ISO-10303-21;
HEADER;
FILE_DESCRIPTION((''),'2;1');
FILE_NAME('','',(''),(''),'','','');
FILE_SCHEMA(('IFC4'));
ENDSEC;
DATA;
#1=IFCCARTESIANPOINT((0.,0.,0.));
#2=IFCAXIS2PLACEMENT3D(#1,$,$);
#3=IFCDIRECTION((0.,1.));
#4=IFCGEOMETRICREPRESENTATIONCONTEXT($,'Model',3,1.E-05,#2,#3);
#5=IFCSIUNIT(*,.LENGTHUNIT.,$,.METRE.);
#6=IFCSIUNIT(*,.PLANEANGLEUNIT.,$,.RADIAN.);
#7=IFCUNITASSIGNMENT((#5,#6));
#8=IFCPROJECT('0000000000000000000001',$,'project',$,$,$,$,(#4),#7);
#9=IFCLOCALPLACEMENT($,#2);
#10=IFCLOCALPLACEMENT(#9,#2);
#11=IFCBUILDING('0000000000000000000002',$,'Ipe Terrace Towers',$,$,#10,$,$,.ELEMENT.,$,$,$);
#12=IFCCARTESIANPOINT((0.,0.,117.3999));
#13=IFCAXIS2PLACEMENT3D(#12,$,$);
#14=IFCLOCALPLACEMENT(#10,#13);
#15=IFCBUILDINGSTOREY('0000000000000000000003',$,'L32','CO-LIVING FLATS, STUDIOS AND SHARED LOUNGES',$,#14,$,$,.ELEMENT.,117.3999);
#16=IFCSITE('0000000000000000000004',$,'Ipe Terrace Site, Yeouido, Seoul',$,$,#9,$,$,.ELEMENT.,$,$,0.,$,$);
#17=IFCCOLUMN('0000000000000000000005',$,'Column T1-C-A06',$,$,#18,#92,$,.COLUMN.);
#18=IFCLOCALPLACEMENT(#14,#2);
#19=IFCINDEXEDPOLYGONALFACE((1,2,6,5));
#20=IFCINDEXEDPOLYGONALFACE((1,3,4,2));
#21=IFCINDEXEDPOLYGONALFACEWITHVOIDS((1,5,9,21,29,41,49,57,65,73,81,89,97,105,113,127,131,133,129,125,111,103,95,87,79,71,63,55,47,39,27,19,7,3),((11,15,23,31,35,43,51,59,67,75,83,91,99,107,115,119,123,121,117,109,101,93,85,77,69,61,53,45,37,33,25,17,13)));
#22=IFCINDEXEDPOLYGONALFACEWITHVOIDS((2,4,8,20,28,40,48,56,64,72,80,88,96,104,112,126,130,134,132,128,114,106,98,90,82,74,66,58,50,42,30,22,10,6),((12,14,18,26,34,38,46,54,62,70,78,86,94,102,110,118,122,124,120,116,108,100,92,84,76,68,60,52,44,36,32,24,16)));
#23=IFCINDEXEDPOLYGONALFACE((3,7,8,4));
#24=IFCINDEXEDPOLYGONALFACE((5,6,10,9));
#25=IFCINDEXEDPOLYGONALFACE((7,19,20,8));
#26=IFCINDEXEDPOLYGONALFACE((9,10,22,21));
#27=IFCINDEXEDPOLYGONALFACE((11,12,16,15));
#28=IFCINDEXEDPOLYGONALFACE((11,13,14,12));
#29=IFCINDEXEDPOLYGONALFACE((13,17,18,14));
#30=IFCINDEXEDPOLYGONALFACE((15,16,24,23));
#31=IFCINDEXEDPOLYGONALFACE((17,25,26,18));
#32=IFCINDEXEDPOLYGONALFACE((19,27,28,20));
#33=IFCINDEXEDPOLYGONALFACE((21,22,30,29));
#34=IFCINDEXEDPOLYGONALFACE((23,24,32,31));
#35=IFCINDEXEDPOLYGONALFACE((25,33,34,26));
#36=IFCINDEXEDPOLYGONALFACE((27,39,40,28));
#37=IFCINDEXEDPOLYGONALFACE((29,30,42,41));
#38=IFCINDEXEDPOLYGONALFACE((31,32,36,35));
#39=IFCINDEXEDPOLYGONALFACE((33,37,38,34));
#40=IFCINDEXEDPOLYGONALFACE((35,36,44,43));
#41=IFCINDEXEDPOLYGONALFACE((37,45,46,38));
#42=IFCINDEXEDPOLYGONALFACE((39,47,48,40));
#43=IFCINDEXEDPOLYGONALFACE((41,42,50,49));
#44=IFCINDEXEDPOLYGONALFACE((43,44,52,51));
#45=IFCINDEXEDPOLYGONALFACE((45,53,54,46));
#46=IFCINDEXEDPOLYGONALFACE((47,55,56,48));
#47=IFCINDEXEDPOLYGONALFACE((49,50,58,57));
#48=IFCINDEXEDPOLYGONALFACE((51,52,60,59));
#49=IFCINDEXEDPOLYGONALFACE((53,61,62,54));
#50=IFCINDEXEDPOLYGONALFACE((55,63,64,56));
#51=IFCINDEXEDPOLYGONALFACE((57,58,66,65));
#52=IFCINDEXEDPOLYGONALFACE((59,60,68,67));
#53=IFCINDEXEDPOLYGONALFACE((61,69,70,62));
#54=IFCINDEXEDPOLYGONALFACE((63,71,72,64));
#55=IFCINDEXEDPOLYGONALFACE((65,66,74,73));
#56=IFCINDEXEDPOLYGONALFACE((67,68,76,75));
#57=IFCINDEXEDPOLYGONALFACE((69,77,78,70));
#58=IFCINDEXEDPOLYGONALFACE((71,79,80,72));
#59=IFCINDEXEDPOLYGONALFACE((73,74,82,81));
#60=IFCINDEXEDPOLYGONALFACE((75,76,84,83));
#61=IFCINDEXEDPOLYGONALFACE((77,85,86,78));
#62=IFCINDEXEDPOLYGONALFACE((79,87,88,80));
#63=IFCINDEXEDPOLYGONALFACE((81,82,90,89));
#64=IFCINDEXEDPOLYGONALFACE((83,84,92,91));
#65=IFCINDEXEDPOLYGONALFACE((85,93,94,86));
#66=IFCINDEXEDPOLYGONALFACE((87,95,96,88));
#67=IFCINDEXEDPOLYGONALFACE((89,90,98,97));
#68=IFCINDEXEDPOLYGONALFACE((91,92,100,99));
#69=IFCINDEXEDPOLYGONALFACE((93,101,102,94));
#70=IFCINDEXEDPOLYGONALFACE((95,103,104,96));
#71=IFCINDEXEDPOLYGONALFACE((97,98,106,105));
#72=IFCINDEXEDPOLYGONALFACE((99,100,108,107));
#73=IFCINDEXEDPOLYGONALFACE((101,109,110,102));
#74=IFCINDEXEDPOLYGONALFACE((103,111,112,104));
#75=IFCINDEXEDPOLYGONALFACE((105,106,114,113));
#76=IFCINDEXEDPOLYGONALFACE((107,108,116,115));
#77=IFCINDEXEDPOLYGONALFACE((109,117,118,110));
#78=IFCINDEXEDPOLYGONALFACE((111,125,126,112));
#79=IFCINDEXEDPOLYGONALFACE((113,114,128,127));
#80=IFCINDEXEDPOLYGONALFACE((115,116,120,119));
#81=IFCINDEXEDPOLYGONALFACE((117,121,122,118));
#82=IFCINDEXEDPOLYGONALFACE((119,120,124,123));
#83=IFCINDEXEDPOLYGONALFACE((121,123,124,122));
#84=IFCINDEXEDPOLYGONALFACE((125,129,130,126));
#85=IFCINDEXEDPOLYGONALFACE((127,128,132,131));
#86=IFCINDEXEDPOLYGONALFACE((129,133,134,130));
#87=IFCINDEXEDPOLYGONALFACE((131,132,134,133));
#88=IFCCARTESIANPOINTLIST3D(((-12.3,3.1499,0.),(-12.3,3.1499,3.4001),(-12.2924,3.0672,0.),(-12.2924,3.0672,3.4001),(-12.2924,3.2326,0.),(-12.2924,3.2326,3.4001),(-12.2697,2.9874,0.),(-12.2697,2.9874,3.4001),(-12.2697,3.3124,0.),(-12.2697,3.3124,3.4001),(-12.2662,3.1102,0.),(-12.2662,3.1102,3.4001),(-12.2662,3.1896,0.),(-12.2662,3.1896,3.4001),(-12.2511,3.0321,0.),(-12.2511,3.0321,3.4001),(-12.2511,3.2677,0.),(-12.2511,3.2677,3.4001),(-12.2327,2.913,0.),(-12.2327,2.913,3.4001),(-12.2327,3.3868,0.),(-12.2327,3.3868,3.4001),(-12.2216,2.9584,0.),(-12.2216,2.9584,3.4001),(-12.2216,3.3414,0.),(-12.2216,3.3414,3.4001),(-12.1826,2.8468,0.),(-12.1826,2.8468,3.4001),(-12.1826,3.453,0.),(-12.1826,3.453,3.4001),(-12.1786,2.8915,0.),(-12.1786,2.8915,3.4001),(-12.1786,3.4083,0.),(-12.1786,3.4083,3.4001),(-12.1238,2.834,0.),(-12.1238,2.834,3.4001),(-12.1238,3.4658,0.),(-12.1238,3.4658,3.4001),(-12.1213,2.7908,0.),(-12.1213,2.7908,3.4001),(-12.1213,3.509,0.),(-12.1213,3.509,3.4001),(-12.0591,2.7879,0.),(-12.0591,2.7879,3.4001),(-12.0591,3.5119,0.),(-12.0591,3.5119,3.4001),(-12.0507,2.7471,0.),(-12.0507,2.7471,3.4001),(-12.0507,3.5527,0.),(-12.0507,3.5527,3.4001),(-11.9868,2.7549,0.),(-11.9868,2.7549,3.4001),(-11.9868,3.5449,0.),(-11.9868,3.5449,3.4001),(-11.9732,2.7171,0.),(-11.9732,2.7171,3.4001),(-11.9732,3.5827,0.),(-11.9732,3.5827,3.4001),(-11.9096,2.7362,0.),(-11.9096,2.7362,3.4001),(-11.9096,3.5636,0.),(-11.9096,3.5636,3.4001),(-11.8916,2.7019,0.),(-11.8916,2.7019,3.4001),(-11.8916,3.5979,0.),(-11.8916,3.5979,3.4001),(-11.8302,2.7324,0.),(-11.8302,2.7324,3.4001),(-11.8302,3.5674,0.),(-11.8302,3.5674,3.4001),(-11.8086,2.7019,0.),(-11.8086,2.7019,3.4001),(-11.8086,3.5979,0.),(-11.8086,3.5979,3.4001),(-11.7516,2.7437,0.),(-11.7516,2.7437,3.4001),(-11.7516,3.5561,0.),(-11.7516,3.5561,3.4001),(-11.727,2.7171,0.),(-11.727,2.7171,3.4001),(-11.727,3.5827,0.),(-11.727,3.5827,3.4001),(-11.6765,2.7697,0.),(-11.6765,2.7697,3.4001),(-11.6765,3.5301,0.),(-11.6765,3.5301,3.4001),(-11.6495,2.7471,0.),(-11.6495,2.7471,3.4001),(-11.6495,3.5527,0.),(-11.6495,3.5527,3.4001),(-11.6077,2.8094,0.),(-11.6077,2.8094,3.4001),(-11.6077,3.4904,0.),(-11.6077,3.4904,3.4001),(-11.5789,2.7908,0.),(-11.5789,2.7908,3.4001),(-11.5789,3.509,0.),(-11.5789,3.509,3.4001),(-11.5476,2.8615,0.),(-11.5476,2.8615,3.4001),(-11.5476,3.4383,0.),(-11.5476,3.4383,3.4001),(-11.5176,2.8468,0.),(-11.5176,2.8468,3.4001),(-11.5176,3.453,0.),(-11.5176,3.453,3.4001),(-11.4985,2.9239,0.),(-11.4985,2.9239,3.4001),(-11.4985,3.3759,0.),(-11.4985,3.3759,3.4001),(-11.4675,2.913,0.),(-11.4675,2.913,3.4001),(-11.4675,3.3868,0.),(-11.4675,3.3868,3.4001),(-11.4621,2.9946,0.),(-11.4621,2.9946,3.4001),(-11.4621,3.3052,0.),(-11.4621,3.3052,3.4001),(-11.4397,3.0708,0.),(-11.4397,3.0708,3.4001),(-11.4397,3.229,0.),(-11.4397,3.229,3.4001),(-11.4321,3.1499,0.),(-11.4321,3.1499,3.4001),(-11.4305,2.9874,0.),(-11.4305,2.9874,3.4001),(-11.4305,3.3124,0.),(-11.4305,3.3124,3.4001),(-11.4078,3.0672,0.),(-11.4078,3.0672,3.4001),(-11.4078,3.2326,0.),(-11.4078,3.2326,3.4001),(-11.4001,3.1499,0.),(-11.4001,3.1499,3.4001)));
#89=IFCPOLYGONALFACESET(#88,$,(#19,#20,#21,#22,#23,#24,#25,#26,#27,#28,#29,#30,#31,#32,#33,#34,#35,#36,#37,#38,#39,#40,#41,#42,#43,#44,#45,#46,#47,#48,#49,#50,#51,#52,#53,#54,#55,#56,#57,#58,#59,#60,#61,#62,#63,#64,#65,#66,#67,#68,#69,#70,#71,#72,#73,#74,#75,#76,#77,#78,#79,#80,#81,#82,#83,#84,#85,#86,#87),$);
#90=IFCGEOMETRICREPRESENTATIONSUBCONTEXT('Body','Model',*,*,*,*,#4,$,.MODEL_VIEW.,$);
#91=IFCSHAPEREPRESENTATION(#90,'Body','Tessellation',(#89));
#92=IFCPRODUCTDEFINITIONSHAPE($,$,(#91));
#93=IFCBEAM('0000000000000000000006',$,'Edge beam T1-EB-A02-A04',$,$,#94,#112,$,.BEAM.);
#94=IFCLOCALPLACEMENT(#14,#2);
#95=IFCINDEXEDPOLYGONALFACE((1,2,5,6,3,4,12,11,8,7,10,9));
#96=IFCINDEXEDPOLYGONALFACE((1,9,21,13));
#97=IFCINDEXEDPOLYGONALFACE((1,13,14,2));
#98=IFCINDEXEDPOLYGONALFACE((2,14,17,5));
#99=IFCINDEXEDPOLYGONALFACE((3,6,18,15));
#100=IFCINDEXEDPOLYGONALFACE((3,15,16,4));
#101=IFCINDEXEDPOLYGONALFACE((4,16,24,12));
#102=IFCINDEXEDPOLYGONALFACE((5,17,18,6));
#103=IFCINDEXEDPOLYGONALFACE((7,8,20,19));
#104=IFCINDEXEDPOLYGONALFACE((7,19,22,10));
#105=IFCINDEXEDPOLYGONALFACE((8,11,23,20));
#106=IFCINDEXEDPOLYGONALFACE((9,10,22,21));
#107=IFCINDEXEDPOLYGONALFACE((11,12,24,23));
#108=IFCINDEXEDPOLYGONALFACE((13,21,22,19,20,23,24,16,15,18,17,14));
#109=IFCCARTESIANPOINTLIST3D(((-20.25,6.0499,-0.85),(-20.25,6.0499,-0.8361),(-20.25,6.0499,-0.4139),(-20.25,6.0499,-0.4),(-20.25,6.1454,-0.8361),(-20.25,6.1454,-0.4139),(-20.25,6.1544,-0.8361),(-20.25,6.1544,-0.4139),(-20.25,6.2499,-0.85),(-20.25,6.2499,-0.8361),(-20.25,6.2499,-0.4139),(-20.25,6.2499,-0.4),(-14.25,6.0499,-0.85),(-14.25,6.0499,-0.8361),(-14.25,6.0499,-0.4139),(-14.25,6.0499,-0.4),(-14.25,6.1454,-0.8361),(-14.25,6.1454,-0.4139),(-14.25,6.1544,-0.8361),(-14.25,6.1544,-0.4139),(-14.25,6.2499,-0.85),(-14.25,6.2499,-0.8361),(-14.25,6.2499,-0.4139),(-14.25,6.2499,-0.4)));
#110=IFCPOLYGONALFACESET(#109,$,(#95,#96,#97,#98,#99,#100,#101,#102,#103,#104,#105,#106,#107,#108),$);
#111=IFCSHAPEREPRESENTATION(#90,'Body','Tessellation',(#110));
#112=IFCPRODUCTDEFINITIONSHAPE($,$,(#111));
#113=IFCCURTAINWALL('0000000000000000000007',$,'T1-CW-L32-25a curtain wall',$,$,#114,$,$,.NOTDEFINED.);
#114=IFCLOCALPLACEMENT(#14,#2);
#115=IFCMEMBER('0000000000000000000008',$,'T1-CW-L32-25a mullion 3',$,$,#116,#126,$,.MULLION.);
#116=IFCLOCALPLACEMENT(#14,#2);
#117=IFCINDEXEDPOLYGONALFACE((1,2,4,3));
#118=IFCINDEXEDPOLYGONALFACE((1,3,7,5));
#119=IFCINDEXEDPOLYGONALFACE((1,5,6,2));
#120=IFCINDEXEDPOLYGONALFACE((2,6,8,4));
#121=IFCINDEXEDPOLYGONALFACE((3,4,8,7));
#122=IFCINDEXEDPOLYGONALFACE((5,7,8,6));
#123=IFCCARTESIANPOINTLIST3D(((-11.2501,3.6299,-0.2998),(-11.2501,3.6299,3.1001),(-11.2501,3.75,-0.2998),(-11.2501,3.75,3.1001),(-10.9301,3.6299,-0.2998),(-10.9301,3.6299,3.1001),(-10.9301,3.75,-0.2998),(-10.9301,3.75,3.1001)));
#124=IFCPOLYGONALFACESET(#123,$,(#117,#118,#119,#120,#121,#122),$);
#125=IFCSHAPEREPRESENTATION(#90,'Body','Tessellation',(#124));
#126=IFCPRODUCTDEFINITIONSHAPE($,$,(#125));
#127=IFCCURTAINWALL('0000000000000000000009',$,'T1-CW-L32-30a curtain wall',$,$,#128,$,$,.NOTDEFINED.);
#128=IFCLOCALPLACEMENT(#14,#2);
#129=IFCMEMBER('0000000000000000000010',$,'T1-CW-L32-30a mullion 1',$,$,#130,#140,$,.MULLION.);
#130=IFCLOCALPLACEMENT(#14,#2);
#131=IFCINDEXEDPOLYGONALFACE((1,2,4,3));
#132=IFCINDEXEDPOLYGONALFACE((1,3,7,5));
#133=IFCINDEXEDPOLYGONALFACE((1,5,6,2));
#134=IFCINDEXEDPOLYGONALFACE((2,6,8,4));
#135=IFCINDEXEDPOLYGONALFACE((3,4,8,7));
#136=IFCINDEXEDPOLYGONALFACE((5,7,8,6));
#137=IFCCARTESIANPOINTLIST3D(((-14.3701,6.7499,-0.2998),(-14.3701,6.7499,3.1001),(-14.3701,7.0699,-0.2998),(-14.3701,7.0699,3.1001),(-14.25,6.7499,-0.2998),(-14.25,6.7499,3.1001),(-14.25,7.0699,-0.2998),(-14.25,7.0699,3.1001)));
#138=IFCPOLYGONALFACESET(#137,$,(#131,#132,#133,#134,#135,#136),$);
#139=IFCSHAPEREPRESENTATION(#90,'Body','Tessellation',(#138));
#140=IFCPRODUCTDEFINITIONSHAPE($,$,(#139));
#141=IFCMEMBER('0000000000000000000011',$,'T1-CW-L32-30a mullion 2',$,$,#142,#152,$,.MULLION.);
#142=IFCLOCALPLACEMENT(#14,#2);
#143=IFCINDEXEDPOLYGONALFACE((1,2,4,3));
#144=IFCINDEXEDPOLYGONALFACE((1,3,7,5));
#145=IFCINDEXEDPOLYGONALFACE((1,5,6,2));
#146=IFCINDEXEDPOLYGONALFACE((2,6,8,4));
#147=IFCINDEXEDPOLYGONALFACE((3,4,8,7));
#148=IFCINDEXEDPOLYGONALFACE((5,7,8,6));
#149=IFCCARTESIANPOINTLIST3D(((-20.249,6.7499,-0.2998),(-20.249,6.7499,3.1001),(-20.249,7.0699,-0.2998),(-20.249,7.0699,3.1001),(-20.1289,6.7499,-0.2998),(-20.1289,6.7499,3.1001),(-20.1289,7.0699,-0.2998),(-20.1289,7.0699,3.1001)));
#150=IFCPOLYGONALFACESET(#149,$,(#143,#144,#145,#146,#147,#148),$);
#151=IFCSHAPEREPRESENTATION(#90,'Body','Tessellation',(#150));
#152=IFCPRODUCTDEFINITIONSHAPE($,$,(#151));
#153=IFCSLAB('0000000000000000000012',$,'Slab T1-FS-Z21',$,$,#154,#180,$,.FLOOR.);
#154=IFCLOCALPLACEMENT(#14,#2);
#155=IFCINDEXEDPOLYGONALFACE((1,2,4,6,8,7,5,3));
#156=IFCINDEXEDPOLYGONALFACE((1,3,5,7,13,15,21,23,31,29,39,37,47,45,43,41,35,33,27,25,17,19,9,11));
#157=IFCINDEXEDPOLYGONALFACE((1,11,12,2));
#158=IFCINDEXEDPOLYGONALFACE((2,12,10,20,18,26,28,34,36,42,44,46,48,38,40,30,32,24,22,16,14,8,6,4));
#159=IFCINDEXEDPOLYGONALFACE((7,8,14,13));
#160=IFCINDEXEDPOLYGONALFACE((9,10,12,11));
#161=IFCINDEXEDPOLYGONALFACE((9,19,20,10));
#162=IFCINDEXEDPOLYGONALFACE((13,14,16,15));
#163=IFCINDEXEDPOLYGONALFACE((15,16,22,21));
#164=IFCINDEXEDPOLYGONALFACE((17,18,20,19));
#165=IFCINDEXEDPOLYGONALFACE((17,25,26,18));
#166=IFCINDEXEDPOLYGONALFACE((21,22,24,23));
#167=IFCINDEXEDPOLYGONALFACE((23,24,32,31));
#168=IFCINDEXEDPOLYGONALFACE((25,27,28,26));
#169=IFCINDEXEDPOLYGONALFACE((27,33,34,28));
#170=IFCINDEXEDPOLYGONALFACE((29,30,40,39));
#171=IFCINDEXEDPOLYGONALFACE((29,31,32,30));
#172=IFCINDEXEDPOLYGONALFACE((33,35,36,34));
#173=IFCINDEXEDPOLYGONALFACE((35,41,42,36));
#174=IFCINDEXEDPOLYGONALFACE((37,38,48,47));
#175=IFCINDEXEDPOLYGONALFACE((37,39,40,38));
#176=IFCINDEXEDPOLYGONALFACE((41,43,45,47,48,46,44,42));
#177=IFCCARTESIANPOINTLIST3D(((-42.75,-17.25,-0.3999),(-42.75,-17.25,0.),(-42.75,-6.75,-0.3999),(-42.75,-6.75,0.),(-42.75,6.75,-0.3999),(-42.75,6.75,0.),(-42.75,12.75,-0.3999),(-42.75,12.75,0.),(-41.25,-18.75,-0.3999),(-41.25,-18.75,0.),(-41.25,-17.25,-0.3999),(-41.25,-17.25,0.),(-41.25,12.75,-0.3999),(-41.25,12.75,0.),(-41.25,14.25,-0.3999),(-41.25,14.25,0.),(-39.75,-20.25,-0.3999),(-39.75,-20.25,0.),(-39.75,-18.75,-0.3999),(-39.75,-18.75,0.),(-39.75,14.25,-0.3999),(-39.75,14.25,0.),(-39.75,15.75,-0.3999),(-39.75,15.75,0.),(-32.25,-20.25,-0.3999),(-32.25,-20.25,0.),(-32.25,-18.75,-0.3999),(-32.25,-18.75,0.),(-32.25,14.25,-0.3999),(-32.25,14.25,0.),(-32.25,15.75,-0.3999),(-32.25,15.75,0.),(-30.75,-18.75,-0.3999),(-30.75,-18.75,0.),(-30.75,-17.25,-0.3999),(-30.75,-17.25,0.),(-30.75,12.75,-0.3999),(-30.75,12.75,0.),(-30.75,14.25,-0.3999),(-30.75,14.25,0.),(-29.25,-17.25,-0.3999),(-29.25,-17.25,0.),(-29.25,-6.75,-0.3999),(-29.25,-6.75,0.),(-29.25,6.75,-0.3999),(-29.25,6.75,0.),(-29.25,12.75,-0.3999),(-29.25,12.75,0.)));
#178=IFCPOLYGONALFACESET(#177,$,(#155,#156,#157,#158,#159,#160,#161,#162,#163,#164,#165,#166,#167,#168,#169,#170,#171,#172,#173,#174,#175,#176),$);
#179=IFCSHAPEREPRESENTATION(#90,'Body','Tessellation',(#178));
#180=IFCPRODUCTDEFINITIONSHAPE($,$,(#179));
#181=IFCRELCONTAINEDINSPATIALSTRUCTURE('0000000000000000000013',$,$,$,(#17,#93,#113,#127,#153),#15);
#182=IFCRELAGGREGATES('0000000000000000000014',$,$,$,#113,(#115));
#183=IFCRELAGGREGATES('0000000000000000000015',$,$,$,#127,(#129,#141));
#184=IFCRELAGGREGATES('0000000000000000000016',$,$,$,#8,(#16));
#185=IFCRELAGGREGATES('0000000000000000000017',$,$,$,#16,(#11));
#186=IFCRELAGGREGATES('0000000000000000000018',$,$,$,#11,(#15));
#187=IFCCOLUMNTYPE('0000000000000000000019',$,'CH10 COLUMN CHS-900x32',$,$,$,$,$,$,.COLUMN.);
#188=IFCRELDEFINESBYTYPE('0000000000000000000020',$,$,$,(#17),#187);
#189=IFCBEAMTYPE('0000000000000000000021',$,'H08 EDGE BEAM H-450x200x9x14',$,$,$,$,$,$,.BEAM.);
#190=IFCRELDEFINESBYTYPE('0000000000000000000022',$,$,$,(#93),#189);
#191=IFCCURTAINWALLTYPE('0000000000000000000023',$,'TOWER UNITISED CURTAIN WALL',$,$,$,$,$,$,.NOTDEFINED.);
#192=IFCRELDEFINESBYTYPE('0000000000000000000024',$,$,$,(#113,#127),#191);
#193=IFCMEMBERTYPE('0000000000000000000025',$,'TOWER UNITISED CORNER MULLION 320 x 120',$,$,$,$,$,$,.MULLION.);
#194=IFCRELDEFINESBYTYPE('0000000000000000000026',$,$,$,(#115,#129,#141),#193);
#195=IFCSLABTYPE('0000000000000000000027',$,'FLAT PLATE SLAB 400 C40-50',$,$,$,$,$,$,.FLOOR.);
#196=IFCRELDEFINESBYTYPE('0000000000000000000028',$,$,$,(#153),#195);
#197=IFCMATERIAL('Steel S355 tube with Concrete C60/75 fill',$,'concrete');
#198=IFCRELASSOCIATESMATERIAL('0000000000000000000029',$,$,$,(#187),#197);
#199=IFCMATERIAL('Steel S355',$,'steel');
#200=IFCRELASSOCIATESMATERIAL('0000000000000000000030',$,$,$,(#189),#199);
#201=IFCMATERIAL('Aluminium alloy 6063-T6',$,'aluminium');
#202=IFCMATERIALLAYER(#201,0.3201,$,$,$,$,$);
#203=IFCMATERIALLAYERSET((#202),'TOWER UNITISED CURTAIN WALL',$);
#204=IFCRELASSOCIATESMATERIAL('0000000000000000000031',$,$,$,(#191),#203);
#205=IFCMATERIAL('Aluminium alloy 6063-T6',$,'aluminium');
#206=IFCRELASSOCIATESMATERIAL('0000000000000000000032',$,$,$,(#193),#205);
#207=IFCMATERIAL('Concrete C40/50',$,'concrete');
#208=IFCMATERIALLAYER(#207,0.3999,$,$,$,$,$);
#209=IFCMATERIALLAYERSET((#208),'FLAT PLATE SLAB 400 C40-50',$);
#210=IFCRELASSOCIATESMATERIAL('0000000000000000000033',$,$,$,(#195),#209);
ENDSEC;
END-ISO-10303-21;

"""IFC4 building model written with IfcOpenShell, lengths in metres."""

from ifc_helpers import new_model, si_unit, direction, frame, origin, origin_2d, place, context, subcontext, project, spatial, polyline, rectangle, hollow_circle, i_section, outline, extrude, material, layer, layer_set, material_profile, profile_set, type_object, element, aggregate, save


model = new_model("IFC4")

# Units and contexts
model_context = context("Model", 3, precision=1e-05, world=origin(), true_north=direction((0.0, 1.0)))
body_context = subcontext(model_context, "Body", "Model", "MODEL_VIEW")
ifc_project = project(units=[si_unit("LENGTHUNIT", "METRE"), si_unit("PLANEANGLEUNIT", "RADIAN")], contexts=[model_context])

# Site, building, storey
site_placement = place(None, origin())
site = spatial("IfcSite", under=ifc_project, at=site_placement, Name="Ipe Terrace Site, Yeouido, Seoul", CompositionType="ELEMENT", RefElevation=0.0)
building_placement = place(site_placement, origin())
building = spatial("IfcBuilding", under=site, at=building_placement, Name="Ipe Terrace Towers", CompositionType="ELEMENT")
storey_placement = place(building_placement, frame((0.0, 0.0, 117.3999)))
storey = spatial("IfcBuildingStorey", under=building, at=storey_placement, Name="L32", Description="CO-LIVING FLATS, STUDIOS AND SHARED LOUNGES", CompositionType="ELEMENT", Elevation=117.3999)

# Column
ifc_material_1 = material(Name="Steel S355 tube with Concrete C60/75 fill", Category="concrete")
ifc_material_profile_1 = material_profile(ifc_material_1, hollow_circle(Radius=0.45, WallThickness=0.032, at=origin_2d()), Name="CHS-900x32")
ifc_profile_set_1 = profile_set([ifc_material_profile_1], Name="Steel S355 tube with Concrete C60/75 fill")
column_type = type_object("IfcColumnType", Name="CH10 COLUMN CHS-900x32", PredefinedType="COLUMN", material=ifc_profile_set_1)
for number, where, z_axis, x_axis, name in (
    (1, (-11.8501, 3.1499, 0.0), (0.0, 0.0, 1.0), (1.0, 0.0, 0.0), "Column T1-C-A06"),
):
    element("IfcColumn", number, at=place(storey_placement, frame(where, z_axis=z_axis, x_axis=x_axis)), inside=storey, type_object=column_type, Name=name, PredefinedType="COLUMN", context=body_context, shape_type="SweptSolid", body=[
        extrude(hollow_circle(Radius=0.45, WallThickness=0.032, at=origin_2d()), origin(), (0.0, 0.0, 1.0), 3.4001),
    ])

# Beam
ifc_material_2 = material(Name="Steel S355", Category="steel")
ifc_material_profile_2 = material_profile(ifc_material_2, i_section(OverallWidth=0.2, OverallDepth=0.45, WebThickness=0.009, FlangeThickness=0.0139, at=origin_2d()), Name="H-450x200x9x14")
ifc_profile_set_2 = profile_set([ifc_material_profile_2], Name="Steel S355")
beam_type = type_object("IfcBeamType", Name="H08 EDGE BEAM H-450x200x9x14", PredefinedType="BEAM", material=ifc_profile_set_2)
beam_placement = place(storey_placement, frame((-20.25, 6.1499, -0.625), z_axis=(1.0, 0.0, 0.0), x_axis=(0.0, 1.0, 0.0)))
element("IfcBeam", 2, at=beam_placement, inside=storey, type_object=beam_type, Name="Edge beam T1-EB-A02-A04", PredefinedType="BEAM", context=body_context, shape_type="SweptSolid", body=[
    extrude(i_section(OverallWidth=0.2, OverallDepth=0.45, WebThickness=0.009, FlangeThickness=0.0139, at=origin_2d()), origin(), (0.0, 0.0, 1.0), 6.0),
])

# Curtain wall, member
ifc_material_3 = material(Name="Aluminium alloy 6063-T6", Category="aluminium")
ifc_layer_1 = layer(ifc_material_3, 0.3201)
ifc_layer_set_1 = layer_set([ifc_layer_1], Name="TOWER UNITISED CURTAIN WALL")
curtain_wall_type = type_object("IfcCurtainWallType", Name="TOWER UNITISED CURTAIN WALL", PredefinedType="NOTDEFINED", material=ifc_layer_set_1)
curtain_wall_1_placement = place(storey_placement, origin())
curtain_wall_1 = element("IfcCurtainWall", 3, at=curtain_wall_1_placement, inside=storey, type_object=curtain_wall_type, Name="T1-CW-L32-25a curtain wall", PredefinedType="NOTDEFINED")
ifc_material_4 = material(Name="Aluminium alloy 6063-T6", Category="aluminium")
ifc_material_profile_3 = material_profile(ifc_material_4, rectangle(XDim=0.3201, YDim=0.1201, at=origin_2d()), Name="TOWER UNITISED CORNER MULLION 320 x 120")
ifc_profile_set_3 = profile_set([ifc_material_profile_3], Name="Aluminium alloy 6063-T6")
member_type = type_object("IfcMemberType", Name="TOWER UNITISED CORNER MULLION 320 x 120", PredefinedType="MULLION", material=ifc_profile_set_3)
member_1_placement = place(storey_placement, frame((-11.0901, 3.6899, -0.2998), z_axis=(0.0, 0.0, 1.0), x_axis=(1.0, 0.0, 0.0)))
member_1 = element("IfcMember", 4, at=member_1_placement, type_object=member_type, Name="T1-CW-L32-25a mullion 3", PredefinedType="MULLION", context=body_context, shape_type="SweptSolid", body=[
    extrude(rectangle(XDim=0.3201, YDim=0.1201, at=origin_2d()), origin(), (0.0, 0.0, 1.0), 3.3999),
])

# Curtain wall, members
curtain_wall_2_placement = place(storey_placement, origin())
curtain_wall_2 = element("IfcCurtainWall", 5, at=curtain_wall_2_placement, inside=storey, type_object=curtain_wall_type, Name="T1-CW-L32-30a curtain wall", PredefinedType="NOTDEFINED")
member_2_placement = place(storey_placement, frame((-14.3101, 6.9099, -0.2998), z_axis=(0.0, 0.0, 1.0), x_axis=(0.0, 1.0, 0.0)))
member_2 = element("IfcMember", 6, at=member_2_placement, type_object=member_type, Name="T1-CW-L32-30a mullion 1", PredefinedType="MULLION", context=body_context, shape_type="SweptSolid", body=[
    extrude(rectangle(XDim=0.3201, YDim=0.1201, at=origin_2d()), origin(), (0.0, 0.0, 1.0), 3.3999),
])
member_3_placement = place(storey_placement, frame((-20.189, 6.9099, -0.2998), z_axis=(0.0, 0.0, 1.0), x_axis=(0.0, 1.0, 0.0)))
member_3 = element("IfcMember", 7, at=member_3_placement, type_object=member_type, Name="T1-CW-L32-30a mullion 2", PredefinedType="MULLION", context=body_context, shape_type="SweptSolid", body=[
    extrude(rectangle(XDim=0.3201, YDim=0.1201, at=origin_2d()), origin(), (0.0, 0.0, 1.0), 3.3999),
])

# Slab
ifc_material_5 = material(Name="Concrete C40/50", Category="concrete")
ifc_layer_2 = layer(ifc_material_5, 0.3999)
ifc_layer_set_2 = layer_set([ifc_layer_2], Name="FLAT PLATE SLAB 400 C40-50")
slab_type = type_object("IfcSlabType", Name="FLAT PLATE SLAB 400 C40-50", PredefinedType="FLOOR", material=ifc_layer_set_2)
slab_1_placement = place(storey_placement, frame((0.0, 0.0, -0.3999)))
element("IfcSlab", 8, at=slab_1_placement, inside=storey, type_object=slab_type, Name="Slab T1-FS-Z21", PredefinedType="FLOOR", context=body_context, shape_type="SweptSolid", body=[
    extrude(outline(polyline([(-30.75, -17.25), (-30.75, -18.75), (-32.25, -18.75), (-32.25, -20.25), (-39.75, -20.25), (-39.75, -18.75), (-41.25, -18.75), (-41.25, -17.25), (-42.75, -17.25), (-42.75, -6.75), (-42.75, 6.75), (-42.75, 12.75), (-41.25, 12.75), (-41.25, 14.25), (-39.75, 14.25), (-39.75, 15.75), (-32.25, 15.75), (-32.25, 14.25), (-30.75, 14.25), (-30.75, 12.75), (-29.25, 12.75), (-29.25, 6.75), (-29.25, -6.75), (-29.25, -17.25), (-30.75, -17.25)])), origin(), (0.0, 0.0, 1.0), 0.3999),
])

aggregate(curtain_wall_1, [member_1])
aggregate(curtain_wall_2, [member_2, member_3])

save(model, "model.ifc")
